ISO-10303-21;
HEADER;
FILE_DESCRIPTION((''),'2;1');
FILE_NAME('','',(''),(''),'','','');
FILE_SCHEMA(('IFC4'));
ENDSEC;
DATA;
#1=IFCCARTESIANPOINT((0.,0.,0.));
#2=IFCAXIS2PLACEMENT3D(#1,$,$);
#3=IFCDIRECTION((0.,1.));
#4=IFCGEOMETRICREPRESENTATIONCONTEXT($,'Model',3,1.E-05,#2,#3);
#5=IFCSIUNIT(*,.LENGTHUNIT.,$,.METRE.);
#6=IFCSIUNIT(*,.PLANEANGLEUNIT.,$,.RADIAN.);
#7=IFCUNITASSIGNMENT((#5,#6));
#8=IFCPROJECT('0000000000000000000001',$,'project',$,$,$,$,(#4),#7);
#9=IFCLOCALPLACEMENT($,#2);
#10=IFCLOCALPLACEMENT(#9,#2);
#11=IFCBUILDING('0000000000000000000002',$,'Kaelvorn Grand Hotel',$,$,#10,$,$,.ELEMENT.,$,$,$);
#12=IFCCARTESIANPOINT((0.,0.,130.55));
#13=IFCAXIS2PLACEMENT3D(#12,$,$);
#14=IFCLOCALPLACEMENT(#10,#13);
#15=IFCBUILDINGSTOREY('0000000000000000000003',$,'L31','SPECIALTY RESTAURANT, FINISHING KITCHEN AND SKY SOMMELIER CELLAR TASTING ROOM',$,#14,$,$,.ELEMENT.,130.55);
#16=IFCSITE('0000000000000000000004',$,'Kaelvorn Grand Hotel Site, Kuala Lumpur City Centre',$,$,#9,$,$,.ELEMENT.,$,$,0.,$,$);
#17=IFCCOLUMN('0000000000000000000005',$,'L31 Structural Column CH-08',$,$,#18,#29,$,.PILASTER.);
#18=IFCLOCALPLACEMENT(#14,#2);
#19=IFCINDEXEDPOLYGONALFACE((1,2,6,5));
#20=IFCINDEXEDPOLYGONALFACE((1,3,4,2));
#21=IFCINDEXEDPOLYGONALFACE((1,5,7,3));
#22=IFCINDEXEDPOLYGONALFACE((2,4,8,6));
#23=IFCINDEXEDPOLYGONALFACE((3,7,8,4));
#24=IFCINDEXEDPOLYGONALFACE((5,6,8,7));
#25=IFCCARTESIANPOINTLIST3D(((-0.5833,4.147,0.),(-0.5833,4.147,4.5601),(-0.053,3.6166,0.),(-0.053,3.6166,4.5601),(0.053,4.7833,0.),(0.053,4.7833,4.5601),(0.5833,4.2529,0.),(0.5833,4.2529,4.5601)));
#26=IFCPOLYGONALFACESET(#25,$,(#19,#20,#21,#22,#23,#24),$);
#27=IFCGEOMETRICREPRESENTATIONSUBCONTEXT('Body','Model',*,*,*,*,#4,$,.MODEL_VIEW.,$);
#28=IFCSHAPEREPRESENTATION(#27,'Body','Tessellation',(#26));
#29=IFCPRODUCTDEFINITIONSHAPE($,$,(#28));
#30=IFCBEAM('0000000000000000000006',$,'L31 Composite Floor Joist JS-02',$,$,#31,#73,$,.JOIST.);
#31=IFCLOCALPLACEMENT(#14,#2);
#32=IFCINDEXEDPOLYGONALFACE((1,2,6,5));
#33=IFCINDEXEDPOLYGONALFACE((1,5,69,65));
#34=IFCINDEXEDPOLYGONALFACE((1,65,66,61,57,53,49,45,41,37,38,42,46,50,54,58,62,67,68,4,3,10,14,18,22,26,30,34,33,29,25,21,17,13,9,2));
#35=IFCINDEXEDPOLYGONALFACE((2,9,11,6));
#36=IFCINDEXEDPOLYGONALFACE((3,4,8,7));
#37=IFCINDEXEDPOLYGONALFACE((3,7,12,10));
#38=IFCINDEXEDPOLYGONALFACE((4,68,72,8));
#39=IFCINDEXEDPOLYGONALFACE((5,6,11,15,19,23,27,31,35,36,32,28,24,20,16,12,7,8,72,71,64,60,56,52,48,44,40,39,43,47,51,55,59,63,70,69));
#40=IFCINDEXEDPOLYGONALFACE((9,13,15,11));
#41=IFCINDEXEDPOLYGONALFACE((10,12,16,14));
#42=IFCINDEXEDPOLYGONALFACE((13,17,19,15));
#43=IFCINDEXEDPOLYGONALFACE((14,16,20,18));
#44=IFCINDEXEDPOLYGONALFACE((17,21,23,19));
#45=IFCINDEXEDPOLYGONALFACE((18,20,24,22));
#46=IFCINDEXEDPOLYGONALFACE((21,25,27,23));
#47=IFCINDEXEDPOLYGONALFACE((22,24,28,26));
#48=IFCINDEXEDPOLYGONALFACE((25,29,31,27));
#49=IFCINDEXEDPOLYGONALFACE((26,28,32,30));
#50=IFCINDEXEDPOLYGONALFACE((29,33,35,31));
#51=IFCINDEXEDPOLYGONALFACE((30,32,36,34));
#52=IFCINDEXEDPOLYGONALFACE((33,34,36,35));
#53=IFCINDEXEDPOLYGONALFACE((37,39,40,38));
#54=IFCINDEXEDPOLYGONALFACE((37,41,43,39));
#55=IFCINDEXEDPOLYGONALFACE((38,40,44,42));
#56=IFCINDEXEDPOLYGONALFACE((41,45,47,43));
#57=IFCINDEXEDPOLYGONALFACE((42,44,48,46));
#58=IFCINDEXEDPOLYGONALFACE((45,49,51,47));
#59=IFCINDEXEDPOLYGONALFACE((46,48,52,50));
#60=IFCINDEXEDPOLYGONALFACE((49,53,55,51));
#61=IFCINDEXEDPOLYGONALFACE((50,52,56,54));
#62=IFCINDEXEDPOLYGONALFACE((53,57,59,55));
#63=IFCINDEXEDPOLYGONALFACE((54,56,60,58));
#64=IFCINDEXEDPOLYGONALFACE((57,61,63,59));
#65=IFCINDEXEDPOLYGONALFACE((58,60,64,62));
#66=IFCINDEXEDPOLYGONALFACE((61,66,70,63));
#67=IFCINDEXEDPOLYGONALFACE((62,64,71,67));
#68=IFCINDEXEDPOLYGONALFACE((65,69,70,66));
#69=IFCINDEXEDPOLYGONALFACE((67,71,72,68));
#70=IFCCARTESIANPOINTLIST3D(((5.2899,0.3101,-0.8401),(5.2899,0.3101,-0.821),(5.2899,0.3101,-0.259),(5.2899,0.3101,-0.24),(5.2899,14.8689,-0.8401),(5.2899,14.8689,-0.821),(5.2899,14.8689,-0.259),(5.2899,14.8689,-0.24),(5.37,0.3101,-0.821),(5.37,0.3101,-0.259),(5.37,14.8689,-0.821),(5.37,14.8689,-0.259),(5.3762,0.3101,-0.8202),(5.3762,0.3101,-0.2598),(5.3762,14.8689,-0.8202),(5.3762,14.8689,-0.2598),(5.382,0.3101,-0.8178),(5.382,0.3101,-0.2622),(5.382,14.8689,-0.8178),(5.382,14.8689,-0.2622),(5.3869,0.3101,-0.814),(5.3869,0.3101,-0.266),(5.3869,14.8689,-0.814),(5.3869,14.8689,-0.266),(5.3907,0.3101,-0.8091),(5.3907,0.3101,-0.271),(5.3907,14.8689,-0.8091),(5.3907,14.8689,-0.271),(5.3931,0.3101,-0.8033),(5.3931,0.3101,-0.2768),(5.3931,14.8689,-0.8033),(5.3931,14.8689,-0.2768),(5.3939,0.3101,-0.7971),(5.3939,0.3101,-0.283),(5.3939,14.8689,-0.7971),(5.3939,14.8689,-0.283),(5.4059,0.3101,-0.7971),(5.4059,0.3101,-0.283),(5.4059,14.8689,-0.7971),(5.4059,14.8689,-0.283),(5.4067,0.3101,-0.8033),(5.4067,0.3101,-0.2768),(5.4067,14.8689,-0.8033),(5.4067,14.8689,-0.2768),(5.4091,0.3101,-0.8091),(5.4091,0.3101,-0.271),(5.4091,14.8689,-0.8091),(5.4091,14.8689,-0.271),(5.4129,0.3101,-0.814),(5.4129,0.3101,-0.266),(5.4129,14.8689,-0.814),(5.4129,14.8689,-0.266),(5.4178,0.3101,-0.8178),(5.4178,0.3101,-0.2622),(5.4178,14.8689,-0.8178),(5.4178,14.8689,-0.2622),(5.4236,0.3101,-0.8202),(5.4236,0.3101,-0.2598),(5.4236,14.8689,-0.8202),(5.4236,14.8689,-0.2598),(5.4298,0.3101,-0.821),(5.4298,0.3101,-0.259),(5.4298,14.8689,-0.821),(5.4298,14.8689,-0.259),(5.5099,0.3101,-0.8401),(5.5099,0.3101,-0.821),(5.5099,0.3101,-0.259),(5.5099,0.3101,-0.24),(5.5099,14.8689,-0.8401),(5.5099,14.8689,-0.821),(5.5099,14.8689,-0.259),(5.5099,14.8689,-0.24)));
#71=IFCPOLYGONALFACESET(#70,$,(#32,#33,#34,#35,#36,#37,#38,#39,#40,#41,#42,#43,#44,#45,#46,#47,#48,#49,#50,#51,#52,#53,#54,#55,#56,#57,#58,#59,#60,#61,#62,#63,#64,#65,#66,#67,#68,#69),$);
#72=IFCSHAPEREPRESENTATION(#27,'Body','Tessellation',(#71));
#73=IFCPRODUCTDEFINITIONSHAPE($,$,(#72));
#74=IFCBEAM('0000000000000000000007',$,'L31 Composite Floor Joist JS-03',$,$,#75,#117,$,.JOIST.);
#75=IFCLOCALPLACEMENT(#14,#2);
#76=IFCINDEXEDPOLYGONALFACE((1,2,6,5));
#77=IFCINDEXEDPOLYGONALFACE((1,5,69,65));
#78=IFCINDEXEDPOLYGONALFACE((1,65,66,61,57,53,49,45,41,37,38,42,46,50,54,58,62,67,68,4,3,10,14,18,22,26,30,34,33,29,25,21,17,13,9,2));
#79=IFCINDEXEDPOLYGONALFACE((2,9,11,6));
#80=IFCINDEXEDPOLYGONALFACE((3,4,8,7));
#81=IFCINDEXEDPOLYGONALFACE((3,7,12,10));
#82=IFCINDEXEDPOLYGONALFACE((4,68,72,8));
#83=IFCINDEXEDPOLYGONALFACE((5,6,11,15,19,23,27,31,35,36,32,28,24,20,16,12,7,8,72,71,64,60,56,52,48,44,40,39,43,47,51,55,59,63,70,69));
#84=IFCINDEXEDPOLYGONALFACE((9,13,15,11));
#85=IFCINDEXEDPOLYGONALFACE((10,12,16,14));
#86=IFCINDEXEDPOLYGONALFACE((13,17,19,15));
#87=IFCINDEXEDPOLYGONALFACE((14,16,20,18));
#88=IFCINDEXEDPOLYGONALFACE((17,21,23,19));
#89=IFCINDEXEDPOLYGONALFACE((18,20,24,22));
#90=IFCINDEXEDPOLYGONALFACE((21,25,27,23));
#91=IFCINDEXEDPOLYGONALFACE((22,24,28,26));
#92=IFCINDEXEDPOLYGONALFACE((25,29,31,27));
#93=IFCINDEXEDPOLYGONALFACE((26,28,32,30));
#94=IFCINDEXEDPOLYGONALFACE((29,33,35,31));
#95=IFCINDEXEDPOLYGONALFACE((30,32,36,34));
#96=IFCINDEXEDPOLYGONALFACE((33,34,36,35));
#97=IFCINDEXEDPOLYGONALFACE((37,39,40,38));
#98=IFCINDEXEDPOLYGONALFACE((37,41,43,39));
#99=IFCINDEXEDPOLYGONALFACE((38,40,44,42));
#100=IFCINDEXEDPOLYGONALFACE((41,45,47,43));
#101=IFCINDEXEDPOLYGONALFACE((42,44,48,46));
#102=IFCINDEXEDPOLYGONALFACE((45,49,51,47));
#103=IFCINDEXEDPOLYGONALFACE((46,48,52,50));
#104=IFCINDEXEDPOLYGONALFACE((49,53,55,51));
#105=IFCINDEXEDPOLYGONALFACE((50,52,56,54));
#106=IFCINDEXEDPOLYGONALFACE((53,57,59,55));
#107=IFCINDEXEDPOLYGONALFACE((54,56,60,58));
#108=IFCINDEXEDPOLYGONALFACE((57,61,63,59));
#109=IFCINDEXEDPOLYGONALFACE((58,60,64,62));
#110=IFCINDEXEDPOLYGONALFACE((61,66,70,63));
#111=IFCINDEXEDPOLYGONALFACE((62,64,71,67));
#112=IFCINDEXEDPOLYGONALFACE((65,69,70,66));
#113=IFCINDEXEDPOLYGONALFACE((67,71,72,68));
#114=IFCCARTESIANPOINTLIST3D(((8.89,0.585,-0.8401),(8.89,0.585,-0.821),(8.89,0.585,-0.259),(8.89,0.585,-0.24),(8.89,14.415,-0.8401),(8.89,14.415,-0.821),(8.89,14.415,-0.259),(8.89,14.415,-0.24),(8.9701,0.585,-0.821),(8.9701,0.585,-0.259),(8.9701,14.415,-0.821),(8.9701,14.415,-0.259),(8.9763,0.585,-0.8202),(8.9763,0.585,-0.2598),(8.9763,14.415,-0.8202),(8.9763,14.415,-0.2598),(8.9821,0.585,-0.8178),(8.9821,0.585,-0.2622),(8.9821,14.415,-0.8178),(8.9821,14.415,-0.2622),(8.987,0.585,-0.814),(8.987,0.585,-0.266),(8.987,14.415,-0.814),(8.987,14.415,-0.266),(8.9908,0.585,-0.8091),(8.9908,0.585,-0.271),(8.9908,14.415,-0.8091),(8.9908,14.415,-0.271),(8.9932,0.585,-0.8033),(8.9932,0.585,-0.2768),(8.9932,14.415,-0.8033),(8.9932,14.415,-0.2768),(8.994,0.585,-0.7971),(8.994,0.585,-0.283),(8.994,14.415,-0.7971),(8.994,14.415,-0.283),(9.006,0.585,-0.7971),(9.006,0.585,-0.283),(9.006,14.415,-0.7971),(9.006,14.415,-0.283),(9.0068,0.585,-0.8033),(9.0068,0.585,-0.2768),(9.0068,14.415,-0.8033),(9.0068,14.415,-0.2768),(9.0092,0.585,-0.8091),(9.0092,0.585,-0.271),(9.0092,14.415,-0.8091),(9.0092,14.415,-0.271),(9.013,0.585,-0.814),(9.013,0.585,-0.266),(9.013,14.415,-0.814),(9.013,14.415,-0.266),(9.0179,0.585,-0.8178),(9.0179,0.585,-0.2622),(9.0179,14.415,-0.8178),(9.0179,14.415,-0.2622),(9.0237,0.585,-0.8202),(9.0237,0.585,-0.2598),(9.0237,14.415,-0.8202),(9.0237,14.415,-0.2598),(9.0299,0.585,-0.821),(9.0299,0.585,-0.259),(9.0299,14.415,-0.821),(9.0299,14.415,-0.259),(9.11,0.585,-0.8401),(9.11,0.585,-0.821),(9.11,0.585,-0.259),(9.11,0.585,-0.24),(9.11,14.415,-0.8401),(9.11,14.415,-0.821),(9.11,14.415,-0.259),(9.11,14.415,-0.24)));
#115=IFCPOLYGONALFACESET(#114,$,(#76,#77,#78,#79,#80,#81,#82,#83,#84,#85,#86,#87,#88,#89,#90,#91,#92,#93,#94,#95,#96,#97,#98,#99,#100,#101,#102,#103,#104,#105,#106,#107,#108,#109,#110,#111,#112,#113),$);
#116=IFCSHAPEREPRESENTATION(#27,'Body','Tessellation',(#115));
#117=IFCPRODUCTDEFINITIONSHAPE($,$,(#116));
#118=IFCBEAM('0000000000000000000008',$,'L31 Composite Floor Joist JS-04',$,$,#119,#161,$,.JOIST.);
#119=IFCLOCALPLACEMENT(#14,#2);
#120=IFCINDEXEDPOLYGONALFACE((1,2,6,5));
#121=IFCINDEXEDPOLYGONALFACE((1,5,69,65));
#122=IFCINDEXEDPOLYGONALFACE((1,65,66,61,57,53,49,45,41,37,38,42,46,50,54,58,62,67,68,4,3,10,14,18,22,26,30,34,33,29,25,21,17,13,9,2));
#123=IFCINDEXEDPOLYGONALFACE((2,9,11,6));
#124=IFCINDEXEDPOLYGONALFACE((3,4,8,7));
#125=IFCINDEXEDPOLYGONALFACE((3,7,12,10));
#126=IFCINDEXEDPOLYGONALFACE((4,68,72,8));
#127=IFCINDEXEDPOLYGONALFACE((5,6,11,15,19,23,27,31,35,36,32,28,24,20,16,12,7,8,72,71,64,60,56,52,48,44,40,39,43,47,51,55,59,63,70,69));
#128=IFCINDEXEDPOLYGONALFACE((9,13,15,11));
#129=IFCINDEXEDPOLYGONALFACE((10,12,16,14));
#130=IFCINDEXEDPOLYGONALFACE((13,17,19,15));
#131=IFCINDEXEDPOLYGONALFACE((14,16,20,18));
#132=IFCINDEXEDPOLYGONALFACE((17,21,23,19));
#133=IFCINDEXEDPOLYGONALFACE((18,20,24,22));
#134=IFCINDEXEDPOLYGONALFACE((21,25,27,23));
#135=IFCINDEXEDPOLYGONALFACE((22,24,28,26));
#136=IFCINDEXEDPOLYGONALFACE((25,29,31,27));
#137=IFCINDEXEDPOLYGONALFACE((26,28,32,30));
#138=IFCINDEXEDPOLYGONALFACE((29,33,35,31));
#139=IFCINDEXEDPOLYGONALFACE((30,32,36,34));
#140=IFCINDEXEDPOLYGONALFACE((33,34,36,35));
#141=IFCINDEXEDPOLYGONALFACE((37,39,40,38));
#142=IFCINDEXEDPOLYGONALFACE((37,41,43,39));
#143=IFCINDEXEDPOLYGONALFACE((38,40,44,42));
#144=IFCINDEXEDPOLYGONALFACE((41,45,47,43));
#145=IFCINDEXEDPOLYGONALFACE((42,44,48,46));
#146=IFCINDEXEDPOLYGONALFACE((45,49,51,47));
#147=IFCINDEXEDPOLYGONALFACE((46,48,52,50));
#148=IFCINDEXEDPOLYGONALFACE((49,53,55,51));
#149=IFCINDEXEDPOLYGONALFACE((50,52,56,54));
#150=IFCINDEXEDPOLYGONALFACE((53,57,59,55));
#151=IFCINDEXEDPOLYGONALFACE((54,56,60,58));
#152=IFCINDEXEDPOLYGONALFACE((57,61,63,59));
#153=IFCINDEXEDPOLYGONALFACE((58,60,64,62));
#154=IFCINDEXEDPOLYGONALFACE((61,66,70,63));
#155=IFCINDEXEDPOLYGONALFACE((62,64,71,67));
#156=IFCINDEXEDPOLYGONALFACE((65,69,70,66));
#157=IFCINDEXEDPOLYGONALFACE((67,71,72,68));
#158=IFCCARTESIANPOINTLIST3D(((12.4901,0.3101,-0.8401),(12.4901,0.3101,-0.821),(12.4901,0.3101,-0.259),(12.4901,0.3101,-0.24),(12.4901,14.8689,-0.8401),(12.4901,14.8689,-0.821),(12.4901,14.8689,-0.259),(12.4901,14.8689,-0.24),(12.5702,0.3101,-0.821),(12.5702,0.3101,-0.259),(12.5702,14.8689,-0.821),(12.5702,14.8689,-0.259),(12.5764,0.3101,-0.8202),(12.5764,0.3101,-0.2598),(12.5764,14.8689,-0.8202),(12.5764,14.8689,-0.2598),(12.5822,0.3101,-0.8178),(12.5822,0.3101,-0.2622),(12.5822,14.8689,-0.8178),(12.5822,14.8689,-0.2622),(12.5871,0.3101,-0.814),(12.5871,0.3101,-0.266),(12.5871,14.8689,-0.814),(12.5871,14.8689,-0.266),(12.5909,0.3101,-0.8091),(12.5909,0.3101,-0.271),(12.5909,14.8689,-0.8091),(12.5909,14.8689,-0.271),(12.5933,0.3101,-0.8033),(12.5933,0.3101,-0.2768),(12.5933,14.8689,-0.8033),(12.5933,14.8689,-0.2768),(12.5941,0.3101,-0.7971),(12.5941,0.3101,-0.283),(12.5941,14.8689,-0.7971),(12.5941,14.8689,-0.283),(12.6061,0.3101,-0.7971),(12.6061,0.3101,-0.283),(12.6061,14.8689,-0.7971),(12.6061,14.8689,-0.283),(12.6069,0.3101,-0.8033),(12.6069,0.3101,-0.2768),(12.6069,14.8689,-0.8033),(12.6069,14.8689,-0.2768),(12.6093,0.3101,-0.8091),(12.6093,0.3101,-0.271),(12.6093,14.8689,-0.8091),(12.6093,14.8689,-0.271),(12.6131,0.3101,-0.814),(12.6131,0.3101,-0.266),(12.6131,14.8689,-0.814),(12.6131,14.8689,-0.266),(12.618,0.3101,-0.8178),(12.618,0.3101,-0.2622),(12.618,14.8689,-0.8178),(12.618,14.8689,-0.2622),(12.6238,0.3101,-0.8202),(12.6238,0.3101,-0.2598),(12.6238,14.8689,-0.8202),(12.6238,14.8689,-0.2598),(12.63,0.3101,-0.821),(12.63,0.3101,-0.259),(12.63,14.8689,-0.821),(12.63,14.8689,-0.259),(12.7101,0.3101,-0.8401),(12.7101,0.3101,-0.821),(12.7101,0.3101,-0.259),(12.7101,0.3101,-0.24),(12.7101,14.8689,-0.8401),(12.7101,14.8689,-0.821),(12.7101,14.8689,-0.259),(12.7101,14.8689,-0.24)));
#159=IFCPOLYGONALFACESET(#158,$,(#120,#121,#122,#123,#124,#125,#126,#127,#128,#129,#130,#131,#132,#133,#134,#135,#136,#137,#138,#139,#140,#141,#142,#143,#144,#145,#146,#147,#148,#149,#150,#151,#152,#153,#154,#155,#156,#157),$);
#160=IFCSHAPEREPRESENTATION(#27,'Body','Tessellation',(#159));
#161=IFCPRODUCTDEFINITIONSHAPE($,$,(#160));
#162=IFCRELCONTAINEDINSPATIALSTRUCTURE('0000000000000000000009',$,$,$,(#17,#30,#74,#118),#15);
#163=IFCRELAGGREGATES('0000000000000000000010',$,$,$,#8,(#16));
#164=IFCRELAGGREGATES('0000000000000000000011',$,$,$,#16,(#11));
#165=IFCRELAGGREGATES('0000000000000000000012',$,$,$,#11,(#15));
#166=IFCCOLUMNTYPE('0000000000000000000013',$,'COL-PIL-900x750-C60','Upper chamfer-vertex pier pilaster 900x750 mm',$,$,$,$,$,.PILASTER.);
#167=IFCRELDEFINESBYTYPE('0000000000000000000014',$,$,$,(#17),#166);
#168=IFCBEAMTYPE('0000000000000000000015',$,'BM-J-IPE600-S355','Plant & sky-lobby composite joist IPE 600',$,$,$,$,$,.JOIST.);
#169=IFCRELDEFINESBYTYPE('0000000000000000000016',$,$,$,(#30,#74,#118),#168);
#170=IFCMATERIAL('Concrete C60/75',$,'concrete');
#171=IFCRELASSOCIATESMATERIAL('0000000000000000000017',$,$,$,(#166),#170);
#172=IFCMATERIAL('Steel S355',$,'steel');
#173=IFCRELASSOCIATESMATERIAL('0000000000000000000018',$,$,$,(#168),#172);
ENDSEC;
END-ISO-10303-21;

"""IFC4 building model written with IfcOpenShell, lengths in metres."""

from ifc_helpers import new_model, si_unit, direction, frame, origin, origin_2d, place, context, subcontext, project, spatial, rectangle, i_section, extrude, material, material_profile, profile_set, type_object, element, save


model = new_model("IFC4")

# Units and contexts
model_context = context("Model", 3, precision=1e-05, world=origin(), true_north=direction((0.0, 1.0)))
body_context = subcontext(model_context, "Body", "Model", "MODEL_VIEW")
ifc_project = project(units=[si_unit("LENGTHUNIT", "METRE"), si_unit("PLANEANGLEUNIT", "RADIAN")], contexts=[model_context])

# Site, building, storey
site_placement = place(None, origin())
site = spatial("IfcSite", under=ifc_project, at=site_placement, Name="Kaelvorn Grand Hotel Site, Kuala Lumpur City Centre", CompositionType="ELEMENT", RefElevation=0.0)
building_placement = place(site_placement, origin())
building = spatial("IfcBuilding", under=site, at=building_placement, Name="Kaelvorn Grand Hotel", CompositionType="ELEMENT")
storey_placement = place(building_placement, frame((0.0, 0.0, 130.55)))
storey = spatial("IfcBuildingStorey", under=building, at=storey_placement, Name="L31", Description="SPECIALTY RESTAURANT, FINISHING KITCHEN AND SKY SOMMELIER CELLAR TASTING ROOM", CompositionType="ELEMENT", Elevation=130.55)

# Column
ifc_material_1 = material(Name="Concrete C60/75", Category="concrete")
ifc_material_profile_1 = material_profile(ifc_material_1, rectangle(XDim=0.8999, YDim=0.75, at=origin_2d()), Name="RC PILASTER 900x750")
ifc_profile_set_1 = profile_set([ifc_material_profile_1], Name="Concrete C60/75")
column_type = type_object("IfcColumnType", Name="COL-PIL-900x750-C60", Description="Upper chamfer-vertex pier pilaster 900x750 mm", PredefinedType="PILASTER", material=ifc_profile_set_1)
column_placement = place(storey_placement, frame((0.0, 4.2, 0.0), z_axis=(0.0, 0.0, 1.0), x_axis=(0.707107, 0.707107, 0.0)))
element("IfcColumn", 1, at=column_placement, inside=storey, type_object=column_type, Name="L31 Structural Column CH-08", PredefinedType="PILASTER", context=body_context, shape_type="SweptSolid", body=[
    extrude(rectangle(XDim=0.8999, YDim=0.75, at=origin_2d()), origin(), (0.0, 0.0, 1.0), 4.5601),
])

# Beams
ifc_material_2 = material(Name="Steel S355", Category="steel")
ifc_material_profile_2 = material_profile(ifc_material_2, i_section(OverallWidth=0.22, OverallDepth=0.6001, WebThickness=0.012, FlangeThickness=0.019, FilletRadius=0.0239, at=origin_2d()), Name="IPE 600")
ifc_profile_set_2 = profile_set([ifc_material_profile_2], Name="Steel S355")
beam_type_1 = type_object("IfcBeamType", Name="BM-J-IPE600-S355", Description="Plant & sky-lobby composite joist IPE 600", PredefinedType="JOIST", material=ifc_profile_set_2)
beam_1_placement = place(storey_placement, frame((5.3999, 0.3101, -0.54), z_axis=(0.0, 1.0, 0.0), x_axis=(-1.0, 0.0, 0.0)))
element("IfcBeam", 2, at=beam_1_placement, inside=storey, type_object=beam_type_1, Name="L31 Composite Floor Joist JS-02", PredefinedType="JOIST", context=body_context, shape_type="SweptSolid", body=[
    extrude(i_section(OverallWidth=0.22, OverallDepth=0.6001, WebThickness=0.012, FlangeThickness=0.019, FilletRadius=0.0239, at=origin_2d()), origin(), (0.0, 0.0, 1.0), 14.5588),
])
beam_2_placement = place(storey_placement, frame((9.0, 0.585, -0.54), z_axis=(0.0, 1.0, 0.0), x_axis=(-1.0, 0.0, 0.0)))
element("IfcBeam", 3, at=beam_2_placement, inside=storey, type_object=beam_type_1, Name="L31 Composite Floor Joist JS-03", PredefinedType="JOIST", context=body_context, shape_type="SweptSolid", body=[
    extrude(i_section(OverallWidth=0.22, OverallDepth=0.6001, WebThickness=0.012, FlangeThickness=0.019, FilletRadius=0.0239, at=origin_2d()), origin(), (0.0, 0.0, 1.0), 13.8301),
])
beam_3_placement = place(storey_placement, frame((12.6001, 0.3101, -0.54), z_axis=(0.0, 1.0, 0.0), x_axis=(-1.0, 0.0, 0.0)))
element("IfcBeam", 4, at=beam_3_placement, inside=storey, type_object=beam_type_1, Name="L31 Composite Floor Joist JS-04", PredefinedType="JOIST", context=body_context, shape_type="SweptSolid", body=[
    extrude(i_section(OverallWidth=0.22, OverallDepth=0.6001, WebThickness=0.012, FlangeThickness=0.019, FilletRadius=0.0239, at=origin_2d()), origin(), (0.0, 0.0, 1.0), 14.5588),
])

save(model, "model.ifc")
